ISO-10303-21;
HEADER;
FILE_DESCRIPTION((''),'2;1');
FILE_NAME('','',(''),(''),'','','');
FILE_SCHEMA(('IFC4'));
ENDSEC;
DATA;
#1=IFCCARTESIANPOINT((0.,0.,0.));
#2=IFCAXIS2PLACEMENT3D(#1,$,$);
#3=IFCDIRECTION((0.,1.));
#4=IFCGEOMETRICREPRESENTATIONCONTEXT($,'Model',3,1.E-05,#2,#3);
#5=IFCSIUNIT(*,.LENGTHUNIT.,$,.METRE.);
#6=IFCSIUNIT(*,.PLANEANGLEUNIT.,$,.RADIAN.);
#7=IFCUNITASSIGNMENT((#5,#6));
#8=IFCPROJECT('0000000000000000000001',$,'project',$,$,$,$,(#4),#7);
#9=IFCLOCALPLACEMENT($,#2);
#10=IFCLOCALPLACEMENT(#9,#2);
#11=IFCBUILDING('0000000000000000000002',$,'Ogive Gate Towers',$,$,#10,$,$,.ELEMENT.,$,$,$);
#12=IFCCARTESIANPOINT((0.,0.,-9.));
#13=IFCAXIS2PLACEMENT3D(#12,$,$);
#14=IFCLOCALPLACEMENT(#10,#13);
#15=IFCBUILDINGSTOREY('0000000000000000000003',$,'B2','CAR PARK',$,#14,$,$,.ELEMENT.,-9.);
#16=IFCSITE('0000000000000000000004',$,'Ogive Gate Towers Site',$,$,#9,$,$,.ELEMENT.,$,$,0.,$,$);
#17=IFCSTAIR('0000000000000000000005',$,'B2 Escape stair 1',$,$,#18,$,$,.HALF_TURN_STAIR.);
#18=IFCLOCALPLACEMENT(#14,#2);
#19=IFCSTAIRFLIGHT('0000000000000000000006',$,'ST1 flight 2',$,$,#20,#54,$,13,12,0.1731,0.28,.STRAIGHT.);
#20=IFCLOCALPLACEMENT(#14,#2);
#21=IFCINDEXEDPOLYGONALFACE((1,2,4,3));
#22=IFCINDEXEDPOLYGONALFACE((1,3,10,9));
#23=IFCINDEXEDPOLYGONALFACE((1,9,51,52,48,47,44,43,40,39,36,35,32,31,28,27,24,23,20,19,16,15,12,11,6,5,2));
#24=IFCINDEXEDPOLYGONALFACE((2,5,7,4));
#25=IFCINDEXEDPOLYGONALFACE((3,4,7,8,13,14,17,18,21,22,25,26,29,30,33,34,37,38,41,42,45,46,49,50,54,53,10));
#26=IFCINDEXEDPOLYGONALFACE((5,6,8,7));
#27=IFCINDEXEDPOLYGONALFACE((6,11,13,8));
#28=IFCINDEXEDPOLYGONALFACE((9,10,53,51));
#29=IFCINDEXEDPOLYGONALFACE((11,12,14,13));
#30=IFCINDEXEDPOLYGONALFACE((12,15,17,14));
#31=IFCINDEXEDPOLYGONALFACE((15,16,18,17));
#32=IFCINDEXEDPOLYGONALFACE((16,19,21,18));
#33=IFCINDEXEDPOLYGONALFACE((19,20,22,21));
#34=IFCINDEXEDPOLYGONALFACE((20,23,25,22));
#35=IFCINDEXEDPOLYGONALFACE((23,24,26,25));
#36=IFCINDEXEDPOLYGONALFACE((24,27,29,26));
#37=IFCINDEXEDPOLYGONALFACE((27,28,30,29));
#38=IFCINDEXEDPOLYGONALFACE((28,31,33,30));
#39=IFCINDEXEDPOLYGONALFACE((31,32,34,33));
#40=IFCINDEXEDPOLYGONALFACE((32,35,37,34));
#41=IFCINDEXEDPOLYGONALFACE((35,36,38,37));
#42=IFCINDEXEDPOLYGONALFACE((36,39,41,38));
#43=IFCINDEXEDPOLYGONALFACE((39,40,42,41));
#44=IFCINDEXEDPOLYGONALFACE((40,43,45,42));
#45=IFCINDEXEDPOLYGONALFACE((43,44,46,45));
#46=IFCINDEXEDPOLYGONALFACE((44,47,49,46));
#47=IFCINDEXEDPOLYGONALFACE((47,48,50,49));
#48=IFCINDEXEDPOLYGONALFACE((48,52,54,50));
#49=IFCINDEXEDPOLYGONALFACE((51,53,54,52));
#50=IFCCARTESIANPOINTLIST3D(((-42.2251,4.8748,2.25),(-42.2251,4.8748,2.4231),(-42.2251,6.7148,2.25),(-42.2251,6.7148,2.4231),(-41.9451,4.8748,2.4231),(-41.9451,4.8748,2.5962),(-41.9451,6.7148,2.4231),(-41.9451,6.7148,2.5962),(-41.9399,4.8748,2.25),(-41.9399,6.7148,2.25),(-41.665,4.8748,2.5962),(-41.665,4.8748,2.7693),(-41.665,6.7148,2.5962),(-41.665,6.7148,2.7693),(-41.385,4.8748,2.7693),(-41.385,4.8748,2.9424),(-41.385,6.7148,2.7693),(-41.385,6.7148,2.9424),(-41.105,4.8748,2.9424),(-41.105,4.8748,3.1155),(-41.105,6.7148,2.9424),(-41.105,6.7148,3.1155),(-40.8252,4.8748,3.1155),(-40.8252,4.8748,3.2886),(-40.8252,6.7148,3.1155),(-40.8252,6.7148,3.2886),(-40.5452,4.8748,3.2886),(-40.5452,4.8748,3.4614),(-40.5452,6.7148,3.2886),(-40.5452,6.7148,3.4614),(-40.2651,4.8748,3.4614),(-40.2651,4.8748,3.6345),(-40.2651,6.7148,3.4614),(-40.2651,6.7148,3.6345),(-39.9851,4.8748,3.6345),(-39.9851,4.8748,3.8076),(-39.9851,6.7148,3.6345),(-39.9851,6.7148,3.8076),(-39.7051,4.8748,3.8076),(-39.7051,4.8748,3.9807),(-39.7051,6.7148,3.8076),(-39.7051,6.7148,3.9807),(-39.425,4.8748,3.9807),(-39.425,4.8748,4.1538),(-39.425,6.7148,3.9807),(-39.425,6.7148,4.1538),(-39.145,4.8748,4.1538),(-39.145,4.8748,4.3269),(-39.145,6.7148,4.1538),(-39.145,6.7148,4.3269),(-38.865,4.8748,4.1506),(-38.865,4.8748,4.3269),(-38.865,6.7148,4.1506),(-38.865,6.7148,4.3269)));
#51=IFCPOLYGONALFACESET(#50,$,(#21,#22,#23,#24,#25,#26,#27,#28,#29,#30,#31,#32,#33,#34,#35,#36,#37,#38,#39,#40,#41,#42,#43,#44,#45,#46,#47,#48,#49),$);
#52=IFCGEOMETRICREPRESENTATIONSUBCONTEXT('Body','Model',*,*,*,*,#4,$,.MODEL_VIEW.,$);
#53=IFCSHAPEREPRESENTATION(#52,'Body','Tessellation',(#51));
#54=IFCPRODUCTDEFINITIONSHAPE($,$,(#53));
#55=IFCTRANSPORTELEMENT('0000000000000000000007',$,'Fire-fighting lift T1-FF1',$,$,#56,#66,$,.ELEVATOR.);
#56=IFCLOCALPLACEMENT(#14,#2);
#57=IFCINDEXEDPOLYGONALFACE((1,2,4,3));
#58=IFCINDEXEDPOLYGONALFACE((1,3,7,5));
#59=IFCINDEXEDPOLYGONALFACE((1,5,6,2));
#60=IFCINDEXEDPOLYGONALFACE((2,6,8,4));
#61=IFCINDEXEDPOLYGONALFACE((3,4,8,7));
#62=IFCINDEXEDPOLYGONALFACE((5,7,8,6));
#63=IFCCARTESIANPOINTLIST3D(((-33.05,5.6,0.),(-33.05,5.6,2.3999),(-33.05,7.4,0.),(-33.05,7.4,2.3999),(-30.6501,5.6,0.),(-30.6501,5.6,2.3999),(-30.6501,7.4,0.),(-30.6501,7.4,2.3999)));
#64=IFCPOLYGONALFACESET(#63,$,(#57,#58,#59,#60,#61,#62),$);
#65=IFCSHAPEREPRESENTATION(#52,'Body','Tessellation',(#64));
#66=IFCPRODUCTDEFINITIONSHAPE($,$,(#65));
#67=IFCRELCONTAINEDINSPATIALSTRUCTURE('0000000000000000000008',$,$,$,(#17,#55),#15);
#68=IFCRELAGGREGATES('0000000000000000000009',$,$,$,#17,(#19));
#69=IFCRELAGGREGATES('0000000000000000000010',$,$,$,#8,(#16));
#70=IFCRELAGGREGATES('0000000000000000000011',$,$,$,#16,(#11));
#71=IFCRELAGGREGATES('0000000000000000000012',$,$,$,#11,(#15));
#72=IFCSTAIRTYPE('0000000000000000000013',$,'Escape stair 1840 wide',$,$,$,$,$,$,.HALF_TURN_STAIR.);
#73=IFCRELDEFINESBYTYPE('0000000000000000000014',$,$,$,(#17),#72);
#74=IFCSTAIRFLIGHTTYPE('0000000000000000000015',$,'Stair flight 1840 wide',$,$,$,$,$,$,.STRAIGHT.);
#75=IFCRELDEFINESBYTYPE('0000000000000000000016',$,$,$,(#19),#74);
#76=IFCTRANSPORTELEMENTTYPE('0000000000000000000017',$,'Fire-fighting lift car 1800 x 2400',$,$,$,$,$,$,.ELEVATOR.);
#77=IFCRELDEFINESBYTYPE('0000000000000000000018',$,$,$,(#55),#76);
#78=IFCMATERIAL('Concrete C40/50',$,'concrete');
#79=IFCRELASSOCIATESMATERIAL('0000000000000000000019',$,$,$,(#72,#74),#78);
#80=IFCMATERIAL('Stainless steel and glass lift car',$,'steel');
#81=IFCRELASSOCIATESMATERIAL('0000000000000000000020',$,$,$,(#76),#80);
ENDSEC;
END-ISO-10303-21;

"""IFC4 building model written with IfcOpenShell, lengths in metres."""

from ifc_helpers import new_model, si_unit, direction, frame, origin, origin_2d, place, context, subcontext, project, spatial, polyline, rectangle, outline, extrude, material, type_object, element, aggregate, save


model = new_model("IFC4")

# Units and contexts
model_context = context("Model", 3, precision=1e-05, world=origin(), true_north=direction((0.0, 1.0)))
body_context = subcontext(model_context, "Body", "Model", "MODEL_VIEW")
ifc_project = project(units=[si_unit("LENGTHUNIT", "METRE"), si_unit("PLANEANGLEUNIT", "RADIAN")], contexts=[model_context])

# Site, building, storey
site_placement = place(None, origin())
site = spatial("IfcSite", under=ifc_project, at=site_placement, Name="Ogive Gate Towers Site", CompositionType="ELEMENT", RefElevation=0.0)
building_placement = place(site_placement, origin())
building = spatial("IfcBuilding", under=site, at=building_placement, Name="Ogive Gate Towers", CompositionType="ELEMENT")
storey_placement = place(building_placement, frame((0.0, 0.0, -9.0)))
storey = spatial("IfcBuildingStorey", under=building, at=storey_placement, Name="B2", Description="CAR PARK", CompositionType="ELEMENT", Elevation=-9.0)

# Shared definitions
ifc_material_1 = material(Name="Concrete C40/50", Category="concrete")

# Stair, stair flight
stair_type = type_object("IfcStairType", Name="Escape stair 1840 wide", PredefinedType="HALF_TURN_STAIR", material=ifc_material_1)
stair_placement = place(storey_placement, origin())
stair = element("IfcStair", 1, at=stair_placement, inside=storey, type_object=stair_type, Name="B2 Escape stair 1", PredefinedType="HALF_TURN_STAIR")
stair_flight_type = type_object("IfcStairFlightType", Name="Stair flight 1840 wide", PredefinedType="STRAIGHT", material=ifc_material_1)
stair_flight_1_placement = place(storey_placement, frame((-42.2251, 5.7949, 2.25), z_axis=(0.0, 0.0, 1.0), x_axis=(1.0, 0.0, 0.0)))
stair_flight_1 = element("IfcStairFlight", 2, at=stair_flight_1_placement, type_object=stair_flight_type, Name="ST1 flight 2", NumberOfRisers=13, NumberOfTreads=12, PredefinedType="STRAIGHT", RiserHeight=0.1731, TreadLength=0.28, context=body_context, shape_type="SweptSolid", body=[
    extrude(outline(polyline([(0.0, 0.0), (0.0, 0.1731), (0.28, 0.1731), (0.28, 0.3462), (0.5601, 0.3462), (0.5601, 0.5193), (0.8401, 0.5193), (0.8401, 0.6924), (1.1201, 0.6924), (1.1201, 0.8655), (1.3999, 0.8655), (1.3999, 1.0386), (1.6799, 1.0386), (1.6799, 1.2114), (1.96, 1.2114), (1.96, 1.3845), (2.24, 1.3845), (2.24, 1.5576), (2.52, 1.5576), (2.52, 1.7307), (2.8, 1.7307), (2.8, 1.9038), (3.0801, 1.9038), (3.0801, 2.0769), (3.3601, 2.0769), (3.3601, 2.25), (3.3601, 1.9006), (0.2852, 0.0), (0.0, 0.0)])), frame((0.0, 0.9199, 0.0), z_axis=(0.0, -1.0, 0.0), x_axis=(1.0, 0.0, 0.0)), (0.0, 0.0, 1.0), 1.8401),
])
aggregate(stair, [stair_flight_1])

# Transport element
ifc_material_2 = material(Name="Stainless steel and glass lift car", Category="steel")
transport_element_type = type_object("IfcTransportElementType", Name="Fire-fighting lift car 1800 x 2400", PredefinedType="ELEVATOR", material=ifc_material_2)
transport_element_placement = place(storey_placement, frame((-31.8501, 6.5, 0.0), z_axis=(0.0, 0.0, 1.0), x_axis=(1.0, 0.0, 0.0)))
element("IfcTransportElement", 3, at=transport_element_placement, inside=storey, type_object=transport_element_type, Name="Fire-fighting lift T1-FF1", PredefinedType="ELEVATOR", context=body_context, shape_type="SweptSolid", body=[
    extrude(rectangle(XDim=2.3999, YDim=1.8, at=origin_2d()), origin(), (0.0, 0.0, 1.0), 2.3999),
])

save(model, "model.ifc")
